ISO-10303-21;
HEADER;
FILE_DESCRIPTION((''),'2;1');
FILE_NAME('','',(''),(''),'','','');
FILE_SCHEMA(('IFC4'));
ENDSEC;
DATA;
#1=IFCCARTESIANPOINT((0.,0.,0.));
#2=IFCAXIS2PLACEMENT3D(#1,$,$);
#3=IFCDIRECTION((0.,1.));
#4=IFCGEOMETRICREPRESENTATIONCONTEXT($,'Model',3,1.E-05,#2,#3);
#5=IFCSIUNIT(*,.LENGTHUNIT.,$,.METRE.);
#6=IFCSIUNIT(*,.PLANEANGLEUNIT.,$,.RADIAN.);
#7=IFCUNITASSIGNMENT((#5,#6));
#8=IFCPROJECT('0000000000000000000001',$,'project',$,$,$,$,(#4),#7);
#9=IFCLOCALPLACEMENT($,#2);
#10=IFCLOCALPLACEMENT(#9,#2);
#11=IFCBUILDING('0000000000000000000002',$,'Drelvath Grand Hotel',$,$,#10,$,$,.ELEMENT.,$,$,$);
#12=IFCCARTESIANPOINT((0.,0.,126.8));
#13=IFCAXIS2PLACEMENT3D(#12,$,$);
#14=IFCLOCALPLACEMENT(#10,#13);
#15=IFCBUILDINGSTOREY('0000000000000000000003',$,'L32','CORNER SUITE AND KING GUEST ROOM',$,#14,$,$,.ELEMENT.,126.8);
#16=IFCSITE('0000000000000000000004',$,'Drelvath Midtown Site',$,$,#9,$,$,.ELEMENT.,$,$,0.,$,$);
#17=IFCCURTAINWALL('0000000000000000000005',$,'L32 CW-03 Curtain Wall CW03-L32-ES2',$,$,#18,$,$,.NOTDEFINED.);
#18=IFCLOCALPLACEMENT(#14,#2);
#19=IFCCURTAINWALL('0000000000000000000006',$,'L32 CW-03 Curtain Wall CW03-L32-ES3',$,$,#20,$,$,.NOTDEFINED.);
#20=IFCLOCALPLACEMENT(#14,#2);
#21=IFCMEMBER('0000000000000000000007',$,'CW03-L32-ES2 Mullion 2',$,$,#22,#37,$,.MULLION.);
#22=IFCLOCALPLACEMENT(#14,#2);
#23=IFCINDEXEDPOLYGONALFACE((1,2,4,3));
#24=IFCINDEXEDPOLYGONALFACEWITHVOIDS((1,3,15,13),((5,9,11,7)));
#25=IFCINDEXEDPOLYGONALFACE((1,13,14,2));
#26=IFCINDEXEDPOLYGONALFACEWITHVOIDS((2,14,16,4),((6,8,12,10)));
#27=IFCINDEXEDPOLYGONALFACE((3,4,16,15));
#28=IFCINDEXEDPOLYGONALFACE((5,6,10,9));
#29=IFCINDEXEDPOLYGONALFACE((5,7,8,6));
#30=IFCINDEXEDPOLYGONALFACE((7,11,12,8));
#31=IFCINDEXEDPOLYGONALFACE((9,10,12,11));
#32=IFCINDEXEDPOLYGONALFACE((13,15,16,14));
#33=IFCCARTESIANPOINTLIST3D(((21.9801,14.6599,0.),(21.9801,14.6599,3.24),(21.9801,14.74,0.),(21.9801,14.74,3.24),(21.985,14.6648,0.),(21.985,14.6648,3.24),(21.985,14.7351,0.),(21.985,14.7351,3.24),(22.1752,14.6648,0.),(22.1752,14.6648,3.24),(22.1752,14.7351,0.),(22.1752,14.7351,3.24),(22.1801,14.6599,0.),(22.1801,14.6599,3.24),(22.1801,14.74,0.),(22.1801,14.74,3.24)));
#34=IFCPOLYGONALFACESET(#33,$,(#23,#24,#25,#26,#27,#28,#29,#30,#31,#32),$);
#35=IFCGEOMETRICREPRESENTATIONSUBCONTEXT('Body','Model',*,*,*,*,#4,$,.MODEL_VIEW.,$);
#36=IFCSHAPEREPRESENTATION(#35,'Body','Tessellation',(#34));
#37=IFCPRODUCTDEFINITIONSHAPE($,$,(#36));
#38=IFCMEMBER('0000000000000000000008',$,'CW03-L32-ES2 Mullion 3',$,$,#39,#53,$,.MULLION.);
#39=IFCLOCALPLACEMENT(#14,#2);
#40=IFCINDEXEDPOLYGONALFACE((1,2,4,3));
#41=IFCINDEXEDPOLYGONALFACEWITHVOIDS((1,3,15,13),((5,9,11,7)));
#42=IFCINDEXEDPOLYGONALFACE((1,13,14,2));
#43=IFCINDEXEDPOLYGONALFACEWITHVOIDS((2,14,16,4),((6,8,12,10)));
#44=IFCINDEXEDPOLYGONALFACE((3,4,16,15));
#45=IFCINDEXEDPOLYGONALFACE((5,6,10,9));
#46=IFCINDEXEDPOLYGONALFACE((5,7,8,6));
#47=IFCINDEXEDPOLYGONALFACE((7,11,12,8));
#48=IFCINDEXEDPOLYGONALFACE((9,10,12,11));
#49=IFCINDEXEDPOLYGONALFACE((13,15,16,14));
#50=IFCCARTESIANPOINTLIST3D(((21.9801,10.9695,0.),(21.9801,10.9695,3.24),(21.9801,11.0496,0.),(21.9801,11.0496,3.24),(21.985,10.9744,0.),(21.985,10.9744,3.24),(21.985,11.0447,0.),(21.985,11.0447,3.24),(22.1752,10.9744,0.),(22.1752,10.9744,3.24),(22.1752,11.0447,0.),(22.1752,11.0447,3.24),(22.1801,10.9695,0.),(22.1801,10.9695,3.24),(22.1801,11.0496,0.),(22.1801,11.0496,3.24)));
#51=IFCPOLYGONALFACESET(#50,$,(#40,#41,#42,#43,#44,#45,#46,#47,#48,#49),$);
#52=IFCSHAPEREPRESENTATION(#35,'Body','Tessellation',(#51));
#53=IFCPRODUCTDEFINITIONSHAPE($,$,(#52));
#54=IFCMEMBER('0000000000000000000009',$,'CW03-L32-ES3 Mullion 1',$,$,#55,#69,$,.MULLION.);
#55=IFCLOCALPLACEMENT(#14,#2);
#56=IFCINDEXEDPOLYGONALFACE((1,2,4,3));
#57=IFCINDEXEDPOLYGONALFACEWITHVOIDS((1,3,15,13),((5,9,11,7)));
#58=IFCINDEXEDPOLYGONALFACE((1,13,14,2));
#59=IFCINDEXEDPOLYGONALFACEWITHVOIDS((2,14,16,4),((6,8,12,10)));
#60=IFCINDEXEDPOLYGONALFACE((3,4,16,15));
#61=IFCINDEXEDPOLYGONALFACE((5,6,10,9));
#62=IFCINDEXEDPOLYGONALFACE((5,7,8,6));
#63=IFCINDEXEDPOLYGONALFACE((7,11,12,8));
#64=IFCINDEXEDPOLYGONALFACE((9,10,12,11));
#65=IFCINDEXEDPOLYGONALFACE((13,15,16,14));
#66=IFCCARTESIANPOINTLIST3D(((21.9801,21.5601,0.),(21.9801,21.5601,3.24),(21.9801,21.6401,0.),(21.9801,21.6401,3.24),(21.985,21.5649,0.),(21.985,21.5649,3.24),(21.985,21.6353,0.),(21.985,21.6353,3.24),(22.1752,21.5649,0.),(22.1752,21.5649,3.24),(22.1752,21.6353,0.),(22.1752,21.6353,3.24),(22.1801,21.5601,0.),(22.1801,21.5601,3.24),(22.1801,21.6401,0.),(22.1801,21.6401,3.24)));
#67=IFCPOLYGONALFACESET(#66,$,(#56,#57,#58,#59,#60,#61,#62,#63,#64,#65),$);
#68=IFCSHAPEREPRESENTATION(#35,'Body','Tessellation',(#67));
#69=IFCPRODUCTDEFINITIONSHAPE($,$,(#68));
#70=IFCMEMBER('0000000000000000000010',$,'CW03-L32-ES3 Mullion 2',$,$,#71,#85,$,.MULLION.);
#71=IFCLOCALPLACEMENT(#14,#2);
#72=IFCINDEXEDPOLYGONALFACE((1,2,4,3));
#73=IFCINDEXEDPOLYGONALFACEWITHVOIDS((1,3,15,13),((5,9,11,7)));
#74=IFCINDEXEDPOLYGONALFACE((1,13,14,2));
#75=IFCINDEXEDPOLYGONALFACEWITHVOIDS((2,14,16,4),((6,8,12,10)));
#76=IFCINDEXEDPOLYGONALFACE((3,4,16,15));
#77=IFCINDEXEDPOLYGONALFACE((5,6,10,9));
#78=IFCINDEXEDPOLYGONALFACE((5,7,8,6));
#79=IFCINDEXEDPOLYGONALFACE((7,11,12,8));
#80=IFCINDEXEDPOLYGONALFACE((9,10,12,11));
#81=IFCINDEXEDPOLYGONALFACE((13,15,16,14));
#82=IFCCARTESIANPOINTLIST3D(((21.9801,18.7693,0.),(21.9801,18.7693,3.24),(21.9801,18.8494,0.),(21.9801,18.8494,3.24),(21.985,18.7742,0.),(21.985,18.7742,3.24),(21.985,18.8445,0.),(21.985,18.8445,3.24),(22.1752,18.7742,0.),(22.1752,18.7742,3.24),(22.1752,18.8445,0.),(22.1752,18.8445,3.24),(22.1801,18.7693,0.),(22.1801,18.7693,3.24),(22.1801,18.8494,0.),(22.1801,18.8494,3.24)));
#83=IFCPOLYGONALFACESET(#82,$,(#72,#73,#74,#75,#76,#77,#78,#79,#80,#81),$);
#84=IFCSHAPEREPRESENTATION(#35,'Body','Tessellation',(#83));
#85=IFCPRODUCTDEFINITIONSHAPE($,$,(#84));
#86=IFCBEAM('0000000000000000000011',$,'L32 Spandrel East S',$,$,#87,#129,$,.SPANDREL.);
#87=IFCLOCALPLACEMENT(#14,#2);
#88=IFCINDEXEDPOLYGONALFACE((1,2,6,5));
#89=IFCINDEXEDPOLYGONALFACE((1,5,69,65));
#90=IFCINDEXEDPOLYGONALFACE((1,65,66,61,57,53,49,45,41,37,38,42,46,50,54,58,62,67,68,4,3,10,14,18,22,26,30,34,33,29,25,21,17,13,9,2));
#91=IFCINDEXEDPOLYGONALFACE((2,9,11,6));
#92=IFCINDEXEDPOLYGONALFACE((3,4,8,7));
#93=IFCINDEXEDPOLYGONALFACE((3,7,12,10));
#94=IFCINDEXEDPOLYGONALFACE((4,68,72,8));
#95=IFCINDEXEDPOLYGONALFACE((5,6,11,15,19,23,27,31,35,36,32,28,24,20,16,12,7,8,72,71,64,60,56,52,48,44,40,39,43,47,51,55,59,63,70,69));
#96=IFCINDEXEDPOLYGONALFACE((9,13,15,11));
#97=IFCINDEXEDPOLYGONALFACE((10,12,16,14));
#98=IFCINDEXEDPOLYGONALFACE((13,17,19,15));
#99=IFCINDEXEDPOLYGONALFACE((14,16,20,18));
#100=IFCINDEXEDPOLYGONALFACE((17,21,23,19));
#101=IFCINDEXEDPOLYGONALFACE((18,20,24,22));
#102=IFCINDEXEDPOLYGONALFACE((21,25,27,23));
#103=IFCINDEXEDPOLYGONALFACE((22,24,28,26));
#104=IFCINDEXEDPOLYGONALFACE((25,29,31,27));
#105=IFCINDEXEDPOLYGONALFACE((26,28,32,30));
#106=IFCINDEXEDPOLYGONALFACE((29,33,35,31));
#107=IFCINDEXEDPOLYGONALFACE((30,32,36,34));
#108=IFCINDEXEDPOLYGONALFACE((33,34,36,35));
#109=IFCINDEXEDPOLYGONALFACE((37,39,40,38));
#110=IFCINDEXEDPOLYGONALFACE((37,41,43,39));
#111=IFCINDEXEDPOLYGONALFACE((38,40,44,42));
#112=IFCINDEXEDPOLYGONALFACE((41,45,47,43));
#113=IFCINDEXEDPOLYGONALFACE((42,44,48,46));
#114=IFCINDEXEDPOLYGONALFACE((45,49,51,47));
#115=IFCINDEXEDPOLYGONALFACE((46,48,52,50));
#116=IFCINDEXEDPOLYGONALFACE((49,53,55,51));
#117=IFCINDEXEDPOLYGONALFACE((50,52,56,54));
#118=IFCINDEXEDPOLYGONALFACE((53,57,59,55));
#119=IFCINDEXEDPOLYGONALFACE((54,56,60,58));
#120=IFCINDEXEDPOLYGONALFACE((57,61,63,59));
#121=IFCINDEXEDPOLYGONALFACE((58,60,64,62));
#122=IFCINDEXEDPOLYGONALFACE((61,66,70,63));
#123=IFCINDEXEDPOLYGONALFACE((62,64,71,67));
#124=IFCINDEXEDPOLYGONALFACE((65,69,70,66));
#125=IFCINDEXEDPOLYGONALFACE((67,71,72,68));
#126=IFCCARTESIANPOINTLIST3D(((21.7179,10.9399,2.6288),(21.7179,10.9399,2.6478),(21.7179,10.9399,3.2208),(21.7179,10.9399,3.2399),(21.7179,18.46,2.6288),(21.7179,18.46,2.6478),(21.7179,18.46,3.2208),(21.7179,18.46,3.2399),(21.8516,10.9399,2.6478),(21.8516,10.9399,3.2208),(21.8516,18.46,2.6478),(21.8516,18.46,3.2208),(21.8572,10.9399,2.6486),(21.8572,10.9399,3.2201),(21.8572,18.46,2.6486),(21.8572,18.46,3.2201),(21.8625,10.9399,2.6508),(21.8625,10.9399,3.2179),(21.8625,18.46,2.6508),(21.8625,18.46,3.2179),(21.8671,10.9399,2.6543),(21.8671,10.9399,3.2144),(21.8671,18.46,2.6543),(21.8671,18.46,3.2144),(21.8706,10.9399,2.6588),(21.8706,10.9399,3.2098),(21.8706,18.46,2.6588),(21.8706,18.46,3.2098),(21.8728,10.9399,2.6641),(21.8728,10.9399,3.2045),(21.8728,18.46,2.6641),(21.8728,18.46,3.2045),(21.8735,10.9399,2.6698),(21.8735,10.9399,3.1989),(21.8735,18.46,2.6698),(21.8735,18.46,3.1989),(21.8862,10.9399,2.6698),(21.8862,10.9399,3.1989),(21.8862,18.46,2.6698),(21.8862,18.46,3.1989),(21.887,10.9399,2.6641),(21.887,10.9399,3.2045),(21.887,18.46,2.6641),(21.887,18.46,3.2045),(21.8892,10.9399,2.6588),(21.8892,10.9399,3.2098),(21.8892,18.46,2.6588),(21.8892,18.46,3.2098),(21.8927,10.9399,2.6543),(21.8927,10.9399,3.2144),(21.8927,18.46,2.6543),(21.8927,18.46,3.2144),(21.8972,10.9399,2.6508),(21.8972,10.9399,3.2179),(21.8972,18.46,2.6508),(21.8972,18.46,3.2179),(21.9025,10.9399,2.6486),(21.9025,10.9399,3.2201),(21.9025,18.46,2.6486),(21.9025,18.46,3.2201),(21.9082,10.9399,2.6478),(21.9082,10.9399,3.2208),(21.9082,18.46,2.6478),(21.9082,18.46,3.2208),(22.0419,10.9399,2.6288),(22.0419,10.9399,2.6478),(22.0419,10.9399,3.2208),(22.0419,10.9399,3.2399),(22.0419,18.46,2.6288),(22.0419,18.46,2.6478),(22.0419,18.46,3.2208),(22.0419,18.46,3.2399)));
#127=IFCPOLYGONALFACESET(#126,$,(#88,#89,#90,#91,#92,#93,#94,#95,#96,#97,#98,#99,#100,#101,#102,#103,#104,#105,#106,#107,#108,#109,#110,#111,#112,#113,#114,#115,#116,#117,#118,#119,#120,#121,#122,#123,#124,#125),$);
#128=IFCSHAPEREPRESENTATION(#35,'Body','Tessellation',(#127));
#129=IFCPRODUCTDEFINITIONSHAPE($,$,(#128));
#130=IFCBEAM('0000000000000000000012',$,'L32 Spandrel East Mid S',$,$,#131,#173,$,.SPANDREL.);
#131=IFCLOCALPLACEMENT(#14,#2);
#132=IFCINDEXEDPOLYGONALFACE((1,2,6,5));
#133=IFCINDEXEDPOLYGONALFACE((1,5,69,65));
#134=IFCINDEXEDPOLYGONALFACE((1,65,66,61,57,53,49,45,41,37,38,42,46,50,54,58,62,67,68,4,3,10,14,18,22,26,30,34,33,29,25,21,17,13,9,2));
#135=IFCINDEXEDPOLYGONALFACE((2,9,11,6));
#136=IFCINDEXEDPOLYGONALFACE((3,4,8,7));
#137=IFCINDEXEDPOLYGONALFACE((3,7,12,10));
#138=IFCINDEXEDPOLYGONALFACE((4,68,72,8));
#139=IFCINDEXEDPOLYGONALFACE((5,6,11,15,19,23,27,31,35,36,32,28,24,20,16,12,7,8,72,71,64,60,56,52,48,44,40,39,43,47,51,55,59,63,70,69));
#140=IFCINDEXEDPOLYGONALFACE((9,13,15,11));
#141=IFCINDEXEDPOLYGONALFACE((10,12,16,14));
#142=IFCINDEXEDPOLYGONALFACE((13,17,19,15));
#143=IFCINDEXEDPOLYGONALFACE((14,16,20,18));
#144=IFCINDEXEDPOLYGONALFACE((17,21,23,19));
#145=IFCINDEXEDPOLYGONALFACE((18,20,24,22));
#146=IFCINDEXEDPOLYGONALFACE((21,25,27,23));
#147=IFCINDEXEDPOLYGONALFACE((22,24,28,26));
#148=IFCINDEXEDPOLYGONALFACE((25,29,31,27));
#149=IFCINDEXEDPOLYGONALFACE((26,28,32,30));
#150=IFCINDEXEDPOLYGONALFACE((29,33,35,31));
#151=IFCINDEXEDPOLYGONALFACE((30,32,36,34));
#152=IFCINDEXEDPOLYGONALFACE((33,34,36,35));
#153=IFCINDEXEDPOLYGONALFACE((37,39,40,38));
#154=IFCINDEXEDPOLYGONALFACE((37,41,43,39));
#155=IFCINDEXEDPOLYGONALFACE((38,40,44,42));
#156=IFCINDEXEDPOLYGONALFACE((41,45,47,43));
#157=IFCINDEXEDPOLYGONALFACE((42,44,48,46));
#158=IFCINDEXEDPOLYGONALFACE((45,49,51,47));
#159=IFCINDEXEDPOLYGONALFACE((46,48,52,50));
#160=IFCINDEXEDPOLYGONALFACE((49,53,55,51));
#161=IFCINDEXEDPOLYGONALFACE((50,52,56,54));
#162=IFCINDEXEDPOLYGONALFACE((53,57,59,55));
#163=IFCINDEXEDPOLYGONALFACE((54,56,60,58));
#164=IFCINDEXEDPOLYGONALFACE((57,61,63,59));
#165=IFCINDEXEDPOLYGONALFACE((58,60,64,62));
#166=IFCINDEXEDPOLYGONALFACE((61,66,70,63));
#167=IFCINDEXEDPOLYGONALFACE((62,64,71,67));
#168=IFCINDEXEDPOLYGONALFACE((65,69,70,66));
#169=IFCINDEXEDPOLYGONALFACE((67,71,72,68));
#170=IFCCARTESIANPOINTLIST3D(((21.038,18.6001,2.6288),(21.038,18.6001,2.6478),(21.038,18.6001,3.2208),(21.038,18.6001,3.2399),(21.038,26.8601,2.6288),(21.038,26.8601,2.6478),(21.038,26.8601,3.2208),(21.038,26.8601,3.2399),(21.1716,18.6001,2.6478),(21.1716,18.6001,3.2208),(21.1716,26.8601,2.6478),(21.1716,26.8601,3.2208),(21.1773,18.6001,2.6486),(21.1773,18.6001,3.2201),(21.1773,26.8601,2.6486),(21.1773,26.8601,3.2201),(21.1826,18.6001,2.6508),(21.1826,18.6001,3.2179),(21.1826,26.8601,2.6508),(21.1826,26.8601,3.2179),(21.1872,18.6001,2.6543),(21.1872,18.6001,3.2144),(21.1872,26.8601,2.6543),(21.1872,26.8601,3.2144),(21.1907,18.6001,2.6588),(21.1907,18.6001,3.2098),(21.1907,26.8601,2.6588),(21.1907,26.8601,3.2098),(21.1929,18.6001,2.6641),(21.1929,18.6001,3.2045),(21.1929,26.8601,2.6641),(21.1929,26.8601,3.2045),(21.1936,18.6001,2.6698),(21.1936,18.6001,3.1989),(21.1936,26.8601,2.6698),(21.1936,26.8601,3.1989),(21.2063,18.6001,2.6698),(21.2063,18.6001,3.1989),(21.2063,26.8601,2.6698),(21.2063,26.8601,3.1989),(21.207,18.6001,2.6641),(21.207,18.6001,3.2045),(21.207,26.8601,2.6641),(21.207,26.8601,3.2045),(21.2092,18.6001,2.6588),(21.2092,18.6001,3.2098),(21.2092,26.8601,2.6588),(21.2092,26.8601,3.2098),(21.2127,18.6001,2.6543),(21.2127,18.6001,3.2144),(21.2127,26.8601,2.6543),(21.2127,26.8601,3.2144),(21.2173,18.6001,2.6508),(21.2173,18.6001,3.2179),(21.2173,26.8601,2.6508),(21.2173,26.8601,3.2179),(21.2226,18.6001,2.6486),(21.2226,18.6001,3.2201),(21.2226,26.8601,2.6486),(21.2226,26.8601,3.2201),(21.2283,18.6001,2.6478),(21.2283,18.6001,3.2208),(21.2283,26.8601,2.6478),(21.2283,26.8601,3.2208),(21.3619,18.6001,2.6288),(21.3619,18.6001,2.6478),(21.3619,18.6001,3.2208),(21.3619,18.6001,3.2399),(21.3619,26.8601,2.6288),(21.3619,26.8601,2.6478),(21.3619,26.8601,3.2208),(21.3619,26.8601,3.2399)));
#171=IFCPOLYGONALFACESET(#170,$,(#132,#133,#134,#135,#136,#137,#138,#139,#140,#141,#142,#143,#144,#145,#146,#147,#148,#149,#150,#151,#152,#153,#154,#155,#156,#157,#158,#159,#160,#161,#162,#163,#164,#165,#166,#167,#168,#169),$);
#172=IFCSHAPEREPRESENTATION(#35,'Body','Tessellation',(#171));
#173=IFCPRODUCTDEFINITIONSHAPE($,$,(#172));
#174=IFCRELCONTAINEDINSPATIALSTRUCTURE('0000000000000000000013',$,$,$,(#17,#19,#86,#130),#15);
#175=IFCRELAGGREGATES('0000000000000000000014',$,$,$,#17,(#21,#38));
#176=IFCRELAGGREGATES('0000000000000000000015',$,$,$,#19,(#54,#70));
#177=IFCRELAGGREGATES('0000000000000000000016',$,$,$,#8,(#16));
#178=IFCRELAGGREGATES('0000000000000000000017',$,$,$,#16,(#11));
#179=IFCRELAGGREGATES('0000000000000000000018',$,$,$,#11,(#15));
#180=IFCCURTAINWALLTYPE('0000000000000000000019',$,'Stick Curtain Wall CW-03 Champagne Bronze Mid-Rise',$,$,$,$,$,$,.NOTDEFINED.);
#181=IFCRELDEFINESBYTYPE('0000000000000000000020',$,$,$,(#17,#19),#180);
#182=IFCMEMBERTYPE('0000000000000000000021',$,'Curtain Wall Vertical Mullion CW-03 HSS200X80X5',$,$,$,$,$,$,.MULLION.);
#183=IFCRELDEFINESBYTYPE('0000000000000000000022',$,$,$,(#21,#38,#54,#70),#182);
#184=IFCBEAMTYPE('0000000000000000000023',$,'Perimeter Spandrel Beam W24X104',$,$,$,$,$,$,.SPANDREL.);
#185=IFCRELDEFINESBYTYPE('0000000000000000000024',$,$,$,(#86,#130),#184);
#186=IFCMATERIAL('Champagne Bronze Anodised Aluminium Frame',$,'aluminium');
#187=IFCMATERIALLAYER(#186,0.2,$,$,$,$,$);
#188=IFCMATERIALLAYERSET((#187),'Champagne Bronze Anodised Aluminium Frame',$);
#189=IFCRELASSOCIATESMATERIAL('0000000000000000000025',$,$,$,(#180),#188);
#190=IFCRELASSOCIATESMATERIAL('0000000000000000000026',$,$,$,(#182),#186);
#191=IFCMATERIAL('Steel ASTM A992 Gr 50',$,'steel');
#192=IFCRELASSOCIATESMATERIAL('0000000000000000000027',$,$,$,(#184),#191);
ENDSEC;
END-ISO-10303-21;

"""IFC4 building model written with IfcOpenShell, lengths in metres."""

from ifc_helpers import new_model, si_unit, direction, frame, origin, origin_2d, place, context, subcontext, project, spatial, hollow_rectangle, i_section, extrude, material, layer, layer_set, material_profile, profile_set, type_object, element, aggregate, save


model = new_model("IFC4")

# Units and contexts
model_context = context("Model", 3, precision=1e-05, world=origin(), true_north=direction((0.0, 1.0)))
body_context = subcontext(model_context, "Body", "Model", "MODEL_VIEW")
ifc_project = project(units=[si_unit("LENGTHUNIT", "METRE"), si_unit("PLANEANGLEUNIT", "RADIAN")], contexts=[model_context])

# Site, building, storey
site_placement = place(None, origin())
site = spatial("IfcSite", under=ifc_project, at=site_placement, Name="Drelvath Midtown Site", CompositionType="ELEMENT", RefElevation=0.0)
building_placement = place(site_placement, origin())
building = spatial("IfcBuilding", under=site, at=building_placement, Name="Drelvath Grand Hotel", CompositionType="ELEMENT")
storey_placement = place(building_placement, frame((0.0, 0.0, 126.8)))
storey = spatial("IfcBuildingStorey", under=building, at=storey_placement, Name="L32", Description="CORNER SUITE AND KING GUEST ROOM", CompositionType="ELEMENT", Elevation=126.8)

# Curtain walls
ifc_material_1 = material(Name="Champagne Bronze Anodised Aluminium Frame", Category="aluminium")
ifc_layer_1 = layer(ifc_material_1, 0.2)
ifc_layer_set_1 = layer_set([ifc_layer_1], Name="Champagne Bronze Anodised Aluminium Frame")
curtain_wall_type = type_object("IfcCurtainWallType", Name="Stick Curtain Wall CW-03 Champagne Bronze Mid-Rise", PredefinedType="NOTDEFINED", material=ifc_layer_set_1)
curtain_wall_1_placement = place(storey_placement, origin())
curtain_wall_1 = element("IfcCurtainWall", 1, at=curtain_wall_1_placement, inside=storey, type_object=curtain_wall_type, Name="L32 CW-03 Curtain Wall CW03-L32-ES2", PredefinedType="NOTDEFINED")
curtain_wall_2_placement = place(storey_placement, origin())
curtain_wall_2 = element("IfcCurtainWall", 2, at=curtain_wall_2_placement, inside=storey, type_object=curtain_wall_type, Name="L32 CW-03 Curtain Wall CW03-L32-ES3", PredefinedType="NOTDEFINED")
ifc_material_profile_1 = material_profile(ifc_material_1, hollow_rectangle(XDim=0.0801, YDim=0.2, WallThickness=0.0049, at=origin_2d()), Name="HSS200X80X5")
ifc_profile_set_1 = profile_set([ifc_material_profile_1], Name="Champagne Bronze Anodised Aluminium Frame")
member_type_1 = type_object("IfcMemberType", Name="Curtain Wall Vertical Mullion CW-03 HSS200X80X5", PredefinedType="MULLION", material=ifc_profile_set_1)

# Members
member_1_placement = place(storey_placement, frame((22.0801, 14.7, 0.0), z_axis=(0.0, 0.0, 1.0), x_axis=(0.0, 1.0, 0.0)))
member_1 = element("IfcMember", 3, at=member_1_placement, type_object=member_type_1, Name="CW03-L32-ES2 Mullion 2", PredefinedType="MULLION", context=body_context, shape_type="SweptSolid", body=[
    extrude(hollow_rectangle(XDim=0.0801, YDim=0.2, WallThickness=0.0049, at=origin_2d()), origin(), (0.0, 0.0, 1.0), 3.24),
])
member_2_placement = place(storey_placement, frame((22.0801, 11.0095, 0.0), z_axis=(0.0, 0.0, 1.0), x_axis=(0.0, 1.0, 0.0)))
member_2 = element("IfcMember", 4, at=member_2_placement, type_object=member_type_1, Name="CW03-L32-ES2 Mullion 3", PredefinedType="MULLION", context=body_context, shape_type="SweptSolid", body=[
    extrude(hollow_rectangle(XDim=0.0801, YDim=0.2, WallThickness=0.0049, at=origin_2d()), origin(), (0.0, 0.0, 1.0), 3.24),
])
member_3_placement = place(storey_placement, frame((22.0801, 21.6001, 0.0), z_axis=(0.0, 0.0, 1.0), x_axis=(0.0, 1.0, 0.0)))
member_3 = element("IfcMember", 5, at=member_3_placement, type_object=member_type_1, Name="CW03-L32-ES3 Mullion 1", PredefinedType="MULLION", context=body_context, shape_type="SweptSolid", body=[
    extrude(hollow_rectangle(XDim=0.0801, YDim=0.2, WallThickness=0.0049, at=origin_2d()), origin(), (0.0, 0.0, 1.0), 3.24),
])
member_4_placement = place(storey_placement, frame((22.0801, 18.8093, 0.0), z_axis=(0.0, 0.0, 1.0), x_axis=(0.0, 1.0, 0.0)))
member_4 = element("IfcMember", 6, at=member_4_placement, type_object=member_type_1, Name="CW03-L32-ES3 Mullion 2", PredefinedType="MULLION", context=body_context, shape_type="SweptSolid", body=[
    extrude(hollow_rectangle(XDim=0.0801, YDim=0.2, WallThickness=0.0049, at=origin_2d()), origin(), (0.0, 0.0, 1.0), 3.24),
])

# Beams
ifc_material_2 = material(Name="Steel ASTM A992 Gr 50", Category="steel")
ifc_material_profile_2 = material_profile(ifc_material_2, i_section(OverallWidth=0.324, OverallDepth=0.6111, WebThickness=0.0127, FlangeThickness=0.019, FilletRadius=0.022, at=origin_2d()), Name="W24X104")
ifc_profile_set_2 = profile_set([ifc_material_profile_2], Name="Steel ASTM A992 Gr 50")
beam_type_1 = type_object("IfcBeamType", Name="Perimeter Spandrel Beam W24X104", PredefinedType="SPANDREL", material=ifc_profile_set_2)
beam_1_placement = place(storey_placement, frame((21.8799, 10.9399, 2.9343), z_axis=(0.0, 1.0, 0.0), x_axis=(-1.0, 0.0, 0.0)))
element("IfcBeam", 7, at=beam_1_placement, inside=storey, type_object=beam_type_1, Name="L32 Spandrel East S", PredefinedType="SPANDREL", context=body_context, shape_type="SweptSolid", body=[
    extrude(i_section(OverallWidth=0.324, OverallDepth=0.6111, WebThickness=0.0127, FlangeThickness=0.019, FilletRadius=0.022, at=origin_2d()), origin(), (0.0, 0.0, 1.0), 7.52),
])
beam_2_placement = place(storey_placement, frame((21.2, 18.6001, 2.9343), z_axis=(0.0, 1.0, 0.0), x_axis=(-1.0, 0.0, 0.0)))
element("IfcBeam", 8, at=beam_2_placement, inside=storey, type_object=beam_type_1, Name="L32 Spandrel East Mid S", PredefinedType="SPANDREL", context=body_context, shape_type="SweptSolid", body=[
    extrude(i_section(OverallWidth=0.324, OverallDepth=0.6111, WebThickness=0.0127, FlangeThickness=0.019, FilletRadius=0.022, at=origin_2d()), origin(), (0.0, 0.0, 1.0), 8.26),
])

aggregate(curtain_wall_1, [member_1, member_2])
aggregate(curtain_wall_2, [member_3, member_4])

save(model, "model.ifc")
